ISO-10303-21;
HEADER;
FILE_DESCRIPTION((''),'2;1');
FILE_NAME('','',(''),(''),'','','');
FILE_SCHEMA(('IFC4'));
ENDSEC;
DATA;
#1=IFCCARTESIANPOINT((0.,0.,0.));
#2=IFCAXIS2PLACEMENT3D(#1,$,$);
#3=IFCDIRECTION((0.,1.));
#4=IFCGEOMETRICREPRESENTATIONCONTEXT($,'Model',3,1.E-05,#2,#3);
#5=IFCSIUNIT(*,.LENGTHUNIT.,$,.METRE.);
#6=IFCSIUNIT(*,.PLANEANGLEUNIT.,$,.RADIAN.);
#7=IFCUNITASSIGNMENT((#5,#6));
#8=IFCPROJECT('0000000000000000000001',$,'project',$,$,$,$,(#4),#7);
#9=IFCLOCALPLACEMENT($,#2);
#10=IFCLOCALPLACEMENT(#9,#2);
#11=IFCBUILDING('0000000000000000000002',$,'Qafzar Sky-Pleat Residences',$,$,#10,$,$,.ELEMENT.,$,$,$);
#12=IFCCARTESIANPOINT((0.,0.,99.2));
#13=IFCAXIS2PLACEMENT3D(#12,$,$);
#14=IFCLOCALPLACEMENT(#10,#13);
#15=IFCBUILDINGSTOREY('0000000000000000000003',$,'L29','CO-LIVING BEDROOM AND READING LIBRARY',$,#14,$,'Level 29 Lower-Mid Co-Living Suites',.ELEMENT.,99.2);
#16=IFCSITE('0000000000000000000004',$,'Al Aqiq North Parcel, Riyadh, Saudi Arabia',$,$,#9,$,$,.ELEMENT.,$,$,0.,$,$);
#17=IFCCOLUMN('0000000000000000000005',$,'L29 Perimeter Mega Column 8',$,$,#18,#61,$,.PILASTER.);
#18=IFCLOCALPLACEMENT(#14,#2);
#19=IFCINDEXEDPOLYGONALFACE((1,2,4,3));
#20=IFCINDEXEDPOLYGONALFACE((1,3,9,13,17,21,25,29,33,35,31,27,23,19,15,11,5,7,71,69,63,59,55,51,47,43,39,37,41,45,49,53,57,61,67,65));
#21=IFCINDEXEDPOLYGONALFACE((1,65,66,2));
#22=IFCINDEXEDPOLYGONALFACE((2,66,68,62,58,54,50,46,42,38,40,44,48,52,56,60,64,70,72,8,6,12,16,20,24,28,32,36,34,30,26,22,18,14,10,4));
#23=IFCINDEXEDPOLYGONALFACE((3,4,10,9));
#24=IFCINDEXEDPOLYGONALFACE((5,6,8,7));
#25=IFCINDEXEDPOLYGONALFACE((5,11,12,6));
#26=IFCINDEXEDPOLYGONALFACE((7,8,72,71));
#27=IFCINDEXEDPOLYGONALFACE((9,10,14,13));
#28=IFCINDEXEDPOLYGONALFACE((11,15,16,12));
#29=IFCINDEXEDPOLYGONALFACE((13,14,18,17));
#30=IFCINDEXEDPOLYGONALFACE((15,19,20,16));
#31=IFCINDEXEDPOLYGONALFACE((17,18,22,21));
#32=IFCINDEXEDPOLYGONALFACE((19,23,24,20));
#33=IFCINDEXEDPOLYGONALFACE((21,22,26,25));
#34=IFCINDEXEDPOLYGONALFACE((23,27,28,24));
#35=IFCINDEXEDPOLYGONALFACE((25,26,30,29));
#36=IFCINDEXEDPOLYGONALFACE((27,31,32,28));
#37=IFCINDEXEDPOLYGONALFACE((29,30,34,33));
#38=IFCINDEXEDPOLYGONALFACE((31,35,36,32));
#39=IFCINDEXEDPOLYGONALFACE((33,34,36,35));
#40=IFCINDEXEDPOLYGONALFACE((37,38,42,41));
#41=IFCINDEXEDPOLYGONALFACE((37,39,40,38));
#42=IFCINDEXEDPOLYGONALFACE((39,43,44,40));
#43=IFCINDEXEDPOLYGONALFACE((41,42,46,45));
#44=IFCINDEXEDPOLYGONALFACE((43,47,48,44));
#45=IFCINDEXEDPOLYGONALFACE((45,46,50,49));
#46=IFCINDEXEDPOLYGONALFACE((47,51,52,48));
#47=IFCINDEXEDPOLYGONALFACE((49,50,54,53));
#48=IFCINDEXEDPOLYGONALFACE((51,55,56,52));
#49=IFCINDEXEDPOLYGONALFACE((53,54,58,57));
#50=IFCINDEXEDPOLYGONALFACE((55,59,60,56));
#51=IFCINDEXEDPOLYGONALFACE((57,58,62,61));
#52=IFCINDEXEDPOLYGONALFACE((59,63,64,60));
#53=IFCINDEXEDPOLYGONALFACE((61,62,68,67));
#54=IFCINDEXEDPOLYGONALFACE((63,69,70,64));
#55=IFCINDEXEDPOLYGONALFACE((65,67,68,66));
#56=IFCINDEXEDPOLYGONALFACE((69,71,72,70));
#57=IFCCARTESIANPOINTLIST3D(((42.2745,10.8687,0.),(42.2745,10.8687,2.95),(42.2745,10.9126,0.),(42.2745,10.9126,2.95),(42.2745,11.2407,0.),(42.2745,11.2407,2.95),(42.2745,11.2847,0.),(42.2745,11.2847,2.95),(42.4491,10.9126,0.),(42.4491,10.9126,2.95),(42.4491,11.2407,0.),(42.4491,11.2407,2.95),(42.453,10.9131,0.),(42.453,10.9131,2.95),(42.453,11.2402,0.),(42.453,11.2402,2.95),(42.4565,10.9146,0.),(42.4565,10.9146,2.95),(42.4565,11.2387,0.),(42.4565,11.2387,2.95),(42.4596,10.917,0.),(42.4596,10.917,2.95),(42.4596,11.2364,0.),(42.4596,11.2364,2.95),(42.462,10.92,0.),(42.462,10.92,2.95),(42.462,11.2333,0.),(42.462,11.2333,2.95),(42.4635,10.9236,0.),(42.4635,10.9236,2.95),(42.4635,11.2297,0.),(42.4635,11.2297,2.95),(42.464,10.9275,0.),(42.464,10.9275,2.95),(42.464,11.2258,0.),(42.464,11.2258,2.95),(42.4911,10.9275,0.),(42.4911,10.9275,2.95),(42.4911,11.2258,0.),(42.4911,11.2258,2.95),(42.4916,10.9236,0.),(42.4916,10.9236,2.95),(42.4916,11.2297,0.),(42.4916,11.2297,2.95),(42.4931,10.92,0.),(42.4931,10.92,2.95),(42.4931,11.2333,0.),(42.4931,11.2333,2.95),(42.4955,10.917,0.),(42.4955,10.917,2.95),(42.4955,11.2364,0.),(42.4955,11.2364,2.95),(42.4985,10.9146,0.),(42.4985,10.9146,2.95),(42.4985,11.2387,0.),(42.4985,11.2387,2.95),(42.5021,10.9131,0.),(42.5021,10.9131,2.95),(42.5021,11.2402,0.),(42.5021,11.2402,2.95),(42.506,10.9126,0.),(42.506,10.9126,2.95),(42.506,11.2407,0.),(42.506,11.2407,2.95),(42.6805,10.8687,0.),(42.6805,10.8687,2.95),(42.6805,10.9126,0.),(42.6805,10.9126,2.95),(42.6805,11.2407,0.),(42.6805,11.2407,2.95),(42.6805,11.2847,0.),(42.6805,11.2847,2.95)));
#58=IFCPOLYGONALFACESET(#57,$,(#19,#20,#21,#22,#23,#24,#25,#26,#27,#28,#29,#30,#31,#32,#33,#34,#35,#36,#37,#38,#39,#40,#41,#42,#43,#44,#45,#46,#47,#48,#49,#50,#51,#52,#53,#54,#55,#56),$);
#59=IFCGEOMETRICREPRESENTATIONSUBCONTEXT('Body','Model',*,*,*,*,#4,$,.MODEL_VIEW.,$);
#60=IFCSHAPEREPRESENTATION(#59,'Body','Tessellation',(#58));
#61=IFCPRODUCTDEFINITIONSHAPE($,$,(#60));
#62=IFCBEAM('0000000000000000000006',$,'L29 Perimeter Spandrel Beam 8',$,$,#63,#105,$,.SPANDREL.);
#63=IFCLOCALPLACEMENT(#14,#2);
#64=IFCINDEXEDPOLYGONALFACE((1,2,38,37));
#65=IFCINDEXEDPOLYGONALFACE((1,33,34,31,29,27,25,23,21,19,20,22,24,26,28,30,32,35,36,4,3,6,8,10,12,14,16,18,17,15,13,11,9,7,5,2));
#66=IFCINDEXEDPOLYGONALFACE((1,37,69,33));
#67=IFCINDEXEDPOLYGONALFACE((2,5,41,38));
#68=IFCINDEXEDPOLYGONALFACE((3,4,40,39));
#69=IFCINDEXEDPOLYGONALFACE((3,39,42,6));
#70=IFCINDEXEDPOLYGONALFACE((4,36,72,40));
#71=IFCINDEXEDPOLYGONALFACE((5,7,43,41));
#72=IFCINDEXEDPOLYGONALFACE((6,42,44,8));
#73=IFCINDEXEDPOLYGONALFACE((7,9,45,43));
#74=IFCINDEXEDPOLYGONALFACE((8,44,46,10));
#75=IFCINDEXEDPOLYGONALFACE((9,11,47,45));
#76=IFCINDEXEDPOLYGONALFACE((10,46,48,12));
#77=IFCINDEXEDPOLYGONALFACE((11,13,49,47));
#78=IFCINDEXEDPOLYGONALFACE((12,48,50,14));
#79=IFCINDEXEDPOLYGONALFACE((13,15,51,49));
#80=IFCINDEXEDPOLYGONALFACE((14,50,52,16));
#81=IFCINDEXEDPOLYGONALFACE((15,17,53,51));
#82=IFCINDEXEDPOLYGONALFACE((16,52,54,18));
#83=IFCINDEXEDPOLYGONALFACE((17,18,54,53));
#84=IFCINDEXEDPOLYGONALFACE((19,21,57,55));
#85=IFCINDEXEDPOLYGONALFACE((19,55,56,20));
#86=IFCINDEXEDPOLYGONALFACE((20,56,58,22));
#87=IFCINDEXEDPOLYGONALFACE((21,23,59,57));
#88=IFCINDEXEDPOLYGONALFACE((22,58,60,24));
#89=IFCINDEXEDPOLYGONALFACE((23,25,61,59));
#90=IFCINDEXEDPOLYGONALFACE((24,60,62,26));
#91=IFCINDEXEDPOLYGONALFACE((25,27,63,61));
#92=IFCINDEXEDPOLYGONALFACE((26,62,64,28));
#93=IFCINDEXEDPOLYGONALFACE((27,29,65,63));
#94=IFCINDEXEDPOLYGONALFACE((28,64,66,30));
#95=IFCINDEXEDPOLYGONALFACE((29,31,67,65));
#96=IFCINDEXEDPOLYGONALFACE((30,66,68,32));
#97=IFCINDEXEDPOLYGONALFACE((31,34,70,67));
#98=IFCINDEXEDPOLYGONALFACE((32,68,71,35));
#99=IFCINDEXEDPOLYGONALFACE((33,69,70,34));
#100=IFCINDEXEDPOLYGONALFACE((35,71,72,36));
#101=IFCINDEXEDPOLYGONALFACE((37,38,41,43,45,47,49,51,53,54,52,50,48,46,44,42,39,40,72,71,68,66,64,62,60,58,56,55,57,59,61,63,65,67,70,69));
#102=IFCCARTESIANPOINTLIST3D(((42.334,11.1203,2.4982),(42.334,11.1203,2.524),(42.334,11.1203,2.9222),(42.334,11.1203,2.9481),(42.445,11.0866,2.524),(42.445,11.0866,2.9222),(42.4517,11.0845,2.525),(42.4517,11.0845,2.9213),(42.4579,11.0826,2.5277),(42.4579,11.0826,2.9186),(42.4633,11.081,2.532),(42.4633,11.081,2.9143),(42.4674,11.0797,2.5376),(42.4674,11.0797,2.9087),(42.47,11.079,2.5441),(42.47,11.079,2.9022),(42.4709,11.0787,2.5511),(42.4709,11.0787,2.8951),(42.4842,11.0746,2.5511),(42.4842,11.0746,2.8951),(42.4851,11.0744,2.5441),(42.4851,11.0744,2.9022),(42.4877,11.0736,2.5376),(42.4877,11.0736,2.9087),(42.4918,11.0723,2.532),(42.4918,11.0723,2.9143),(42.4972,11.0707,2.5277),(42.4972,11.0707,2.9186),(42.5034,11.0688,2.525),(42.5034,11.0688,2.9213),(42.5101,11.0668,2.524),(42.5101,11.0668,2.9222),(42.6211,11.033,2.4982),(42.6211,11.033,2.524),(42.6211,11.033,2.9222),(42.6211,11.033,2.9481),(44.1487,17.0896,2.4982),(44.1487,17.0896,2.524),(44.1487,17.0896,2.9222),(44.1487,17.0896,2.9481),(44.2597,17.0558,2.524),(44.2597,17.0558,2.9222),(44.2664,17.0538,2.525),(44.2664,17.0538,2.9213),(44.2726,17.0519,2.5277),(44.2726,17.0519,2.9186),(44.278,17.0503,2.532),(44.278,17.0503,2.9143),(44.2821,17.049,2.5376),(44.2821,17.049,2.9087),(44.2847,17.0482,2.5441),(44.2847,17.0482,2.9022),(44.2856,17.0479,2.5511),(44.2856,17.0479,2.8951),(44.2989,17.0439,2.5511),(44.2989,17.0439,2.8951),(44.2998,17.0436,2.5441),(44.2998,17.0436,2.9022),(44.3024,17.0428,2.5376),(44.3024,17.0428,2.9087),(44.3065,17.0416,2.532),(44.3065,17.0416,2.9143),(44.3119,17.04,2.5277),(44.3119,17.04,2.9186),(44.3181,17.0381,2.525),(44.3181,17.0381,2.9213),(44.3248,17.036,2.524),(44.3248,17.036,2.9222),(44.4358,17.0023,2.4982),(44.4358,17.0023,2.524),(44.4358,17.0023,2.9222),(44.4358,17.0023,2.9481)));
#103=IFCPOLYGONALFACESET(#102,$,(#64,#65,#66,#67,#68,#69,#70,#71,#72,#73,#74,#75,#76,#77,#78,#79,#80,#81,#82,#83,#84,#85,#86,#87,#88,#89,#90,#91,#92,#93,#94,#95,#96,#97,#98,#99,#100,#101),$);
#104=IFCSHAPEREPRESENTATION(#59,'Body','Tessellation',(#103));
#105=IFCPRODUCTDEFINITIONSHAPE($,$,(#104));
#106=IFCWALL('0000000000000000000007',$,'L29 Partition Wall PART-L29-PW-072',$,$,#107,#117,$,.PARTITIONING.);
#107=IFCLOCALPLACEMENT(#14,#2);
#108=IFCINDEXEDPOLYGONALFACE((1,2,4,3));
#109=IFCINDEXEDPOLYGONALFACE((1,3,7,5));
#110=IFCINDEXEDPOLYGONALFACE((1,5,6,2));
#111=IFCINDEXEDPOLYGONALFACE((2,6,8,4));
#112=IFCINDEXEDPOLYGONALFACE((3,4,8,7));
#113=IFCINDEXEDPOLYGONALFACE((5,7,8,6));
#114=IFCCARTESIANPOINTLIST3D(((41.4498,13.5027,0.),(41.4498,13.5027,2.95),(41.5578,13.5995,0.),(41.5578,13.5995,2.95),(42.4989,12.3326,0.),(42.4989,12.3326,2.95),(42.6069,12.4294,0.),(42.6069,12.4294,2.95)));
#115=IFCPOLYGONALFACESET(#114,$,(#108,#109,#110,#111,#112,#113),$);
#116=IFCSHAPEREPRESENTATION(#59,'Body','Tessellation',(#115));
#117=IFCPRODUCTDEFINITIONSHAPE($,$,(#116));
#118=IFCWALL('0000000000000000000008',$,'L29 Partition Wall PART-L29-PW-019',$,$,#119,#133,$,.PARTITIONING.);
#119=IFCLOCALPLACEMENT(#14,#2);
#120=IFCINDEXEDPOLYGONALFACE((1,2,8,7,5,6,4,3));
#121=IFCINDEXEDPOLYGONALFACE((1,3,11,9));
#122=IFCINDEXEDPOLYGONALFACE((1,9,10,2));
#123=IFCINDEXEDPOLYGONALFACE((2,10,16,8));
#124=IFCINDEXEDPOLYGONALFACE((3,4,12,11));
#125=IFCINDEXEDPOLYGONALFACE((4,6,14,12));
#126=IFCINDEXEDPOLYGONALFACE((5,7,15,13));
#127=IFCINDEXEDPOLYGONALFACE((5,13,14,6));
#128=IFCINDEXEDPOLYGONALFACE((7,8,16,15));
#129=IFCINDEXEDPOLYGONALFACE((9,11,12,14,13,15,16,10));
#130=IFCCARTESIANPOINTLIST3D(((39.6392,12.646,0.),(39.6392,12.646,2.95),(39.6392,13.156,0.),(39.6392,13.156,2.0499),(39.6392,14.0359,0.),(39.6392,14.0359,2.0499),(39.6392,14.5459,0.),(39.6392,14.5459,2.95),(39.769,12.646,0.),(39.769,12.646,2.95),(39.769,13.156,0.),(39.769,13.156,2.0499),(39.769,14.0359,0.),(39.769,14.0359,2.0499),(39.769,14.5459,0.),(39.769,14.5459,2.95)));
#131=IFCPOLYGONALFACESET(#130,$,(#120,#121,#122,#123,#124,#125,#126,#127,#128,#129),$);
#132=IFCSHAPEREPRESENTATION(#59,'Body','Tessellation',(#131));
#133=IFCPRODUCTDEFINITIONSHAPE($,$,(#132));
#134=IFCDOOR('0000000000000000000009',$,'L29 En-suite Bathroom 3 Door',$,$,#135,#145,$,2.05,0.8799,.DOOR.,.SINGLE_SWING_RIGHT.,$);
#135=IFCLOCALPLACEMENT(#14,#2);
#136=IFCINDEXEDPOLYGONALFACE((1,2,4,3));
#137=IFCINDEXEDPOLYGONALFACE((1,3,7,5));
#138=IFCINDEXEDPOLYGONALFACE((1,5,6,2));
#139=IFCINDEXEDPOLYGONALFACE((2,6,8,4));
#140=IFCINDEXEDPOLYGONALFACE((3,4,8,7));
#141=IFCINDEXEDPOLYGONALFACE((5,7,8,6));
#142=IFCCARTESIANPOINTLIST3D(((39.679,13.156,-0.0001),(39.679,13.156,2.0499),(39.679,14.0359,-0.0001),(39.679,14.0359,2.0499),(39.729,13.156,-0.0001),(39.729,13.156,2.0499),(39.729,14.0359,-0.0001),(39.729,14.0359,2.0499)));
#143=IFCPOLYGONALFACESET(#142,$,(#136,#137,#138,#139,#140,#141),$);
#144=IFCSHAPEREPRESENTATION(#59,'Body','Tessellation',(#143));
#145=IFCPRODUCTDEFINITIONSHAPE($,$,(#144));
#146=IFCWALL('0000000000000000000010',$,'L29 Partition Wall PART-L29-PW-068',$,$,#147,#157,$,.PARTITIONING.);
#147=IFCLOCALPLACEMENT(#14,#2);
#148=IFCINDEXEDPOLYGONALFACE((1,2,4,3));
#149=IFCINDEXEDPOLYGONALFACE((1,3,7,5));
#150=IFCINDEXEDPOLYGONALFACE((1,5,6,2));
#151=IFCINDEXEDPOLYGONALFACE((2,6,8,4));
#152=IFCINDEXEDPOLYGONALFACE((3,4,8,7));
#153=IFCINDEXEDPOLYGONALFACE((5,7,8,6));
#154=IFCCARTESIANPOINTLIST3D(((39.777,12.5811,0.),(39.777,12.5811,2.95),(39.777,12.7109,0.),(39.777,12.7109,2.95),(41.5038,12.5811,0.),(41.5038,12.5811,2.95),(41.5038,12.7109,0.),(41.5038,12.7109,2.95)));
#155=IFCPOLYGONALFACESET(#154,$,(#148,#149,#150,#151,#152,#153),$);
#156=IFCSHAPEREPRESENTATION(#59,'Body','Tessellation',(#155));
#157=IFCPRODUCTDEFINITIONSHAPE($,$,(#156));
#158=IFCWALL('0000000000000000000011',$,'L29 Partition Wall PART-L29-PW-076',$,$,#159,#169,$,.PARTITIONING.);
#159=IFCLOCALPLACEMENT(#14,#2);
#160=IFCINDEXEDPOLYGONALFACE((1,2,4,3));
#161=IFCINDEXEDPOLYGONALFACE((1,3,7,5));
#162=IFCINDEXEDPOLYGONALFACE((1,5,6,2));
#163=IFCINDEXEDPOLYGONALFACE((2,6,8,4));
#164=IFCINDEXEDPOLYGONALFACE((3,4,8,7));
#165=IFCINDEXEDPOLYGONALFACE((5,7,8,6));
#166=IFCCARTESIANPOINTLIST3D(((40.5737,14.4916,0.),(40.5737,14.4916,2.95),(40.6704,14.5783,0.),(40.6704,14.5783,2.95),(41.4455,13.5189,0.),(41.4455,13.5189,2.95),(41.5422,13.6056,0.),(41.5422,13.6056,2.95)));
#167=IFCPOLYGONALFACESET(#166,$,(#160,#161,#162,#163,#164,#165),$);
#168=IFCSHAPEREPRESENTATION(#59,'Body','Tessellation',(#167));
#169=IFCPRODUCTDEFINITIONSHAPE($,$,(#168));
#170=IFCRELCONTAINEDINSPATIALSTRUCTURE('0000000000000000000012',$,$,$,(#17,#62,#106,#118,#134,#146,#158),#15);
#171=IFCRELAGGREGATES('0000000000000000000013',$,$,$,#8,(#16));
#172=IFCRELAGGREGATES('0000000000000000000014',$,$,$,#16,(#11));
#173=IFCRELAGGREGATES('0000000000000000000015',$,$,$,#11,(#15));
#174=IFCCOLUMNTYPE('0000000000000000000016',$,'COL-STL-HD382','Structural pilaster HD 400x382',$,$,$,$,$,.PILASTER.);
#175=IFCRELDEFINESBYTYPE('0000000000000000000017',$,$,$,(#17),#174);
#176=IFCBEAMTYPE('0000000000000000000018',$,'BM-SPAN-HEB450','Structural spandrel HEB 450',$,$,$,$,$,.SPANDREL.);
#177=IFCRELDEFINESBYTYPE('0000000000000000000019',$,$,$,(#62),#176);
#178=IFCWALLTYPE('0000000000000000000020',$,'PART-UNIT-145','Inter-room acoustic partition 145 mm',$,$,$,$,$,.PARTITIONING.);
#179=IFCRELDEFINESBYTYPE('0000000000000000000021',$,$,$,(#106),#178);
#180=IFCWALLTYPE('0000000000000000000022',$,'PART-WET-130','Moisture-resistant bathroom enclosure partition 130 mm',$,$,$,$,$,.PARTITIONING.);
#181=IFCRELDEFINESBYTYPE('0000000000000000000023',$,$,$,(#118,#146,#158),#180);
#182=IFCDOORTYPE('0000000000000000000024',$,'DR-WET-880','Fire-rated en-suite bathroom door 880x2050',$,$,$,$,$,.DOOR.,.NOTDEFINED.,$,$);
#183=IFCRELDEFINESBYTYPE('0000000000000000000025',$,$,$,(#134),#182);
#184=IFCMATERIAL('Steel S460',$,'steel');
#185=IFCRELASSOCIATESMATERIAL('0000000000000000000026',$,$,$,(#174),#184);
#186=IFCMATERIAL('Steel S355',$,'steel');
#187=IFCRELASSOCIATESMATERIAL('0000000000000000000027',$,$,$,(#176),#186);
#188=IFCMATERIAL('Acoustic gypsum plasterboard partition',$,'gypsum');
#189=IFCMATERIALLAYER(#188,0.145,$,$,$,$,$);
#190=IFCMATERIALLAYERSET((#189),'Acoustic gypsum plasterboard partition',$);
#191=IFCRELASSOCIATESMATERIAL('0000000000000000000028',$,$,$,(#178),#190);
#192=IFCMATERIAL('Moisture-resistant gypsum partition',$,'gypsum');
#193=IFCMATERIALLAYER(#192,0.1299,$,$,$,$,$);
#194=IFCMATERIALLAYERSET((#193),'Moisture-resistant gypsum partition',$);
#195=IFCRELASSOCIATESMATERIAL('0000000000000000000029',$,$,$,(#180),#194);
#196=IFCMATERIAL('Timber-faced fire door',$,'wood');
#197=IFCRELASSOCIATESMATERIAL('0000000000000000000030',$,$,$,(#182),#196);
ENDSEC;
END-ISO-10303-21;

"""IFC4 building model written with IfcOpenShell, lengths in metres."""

from ifc_helpers import new_model, si_unit, direction, frame, frame_2d, origin, origin_2d, place, context, subcontext, project, spatial, rectangle, i_section, extrude, source, transform, mapped, material, layer, layer_set, material_profile, profile_set, type_object, element, fill, save


model = new_model("IFC4")

# Units and contexts
model_context = context("Model", 3, precision=1e-05, world=origin(), true_north=direction((0.0, 1.0)))
body_context = subcontext(model_context, "Body", "Model", "MODEL_VIEW")
ifc_project = project(units=[si_unit("LENGTHUNIT", "METRE"), si_unit("PLANEANGLEUNIT", "RADIAN")], contexts=[model_context])

# Site, building, storey
site_placement = place(None, origin())
site = spatial("IfcSite", under=ifc_project, at=site_placement, Name="Al Aqiq North Parcel, Riyadh, Saudi Arabia", CompositionType="ELEMENT", RefElevation=0.0)
building_placement = place(site_placement, origin())
building = spatial("IfcBuilding", under=site, at=building_placement, Name="Qafzar Sky-Pleat Residences", CompositionType="ELEMENT")
storey_placement = place(building_placement, frame((0.0, 0.0, 99.2)))
storey = spatial("IfcBuildingStorey", under=building, at=storey_placement, Name="L29", Description="CO-LIVING BEDROOM AND READING LIBRARY", LongName="Level 29 Lower-Mid Co-Living Suites", CompositionType="ELEMENT", Elevation=99.2)

# Column
ifc_material_1 = material(Name="Steel S460", Category="steel")
ifc_material_profile_1 = material_profile(ifc_material_1, i_section(OverallWidth=0.406, OverallDepth=0.416, WebThickness=0.0271, FlangeThickness=0.0439, FilletRadius=0.0149, at=origin_2d()), Name="HD 400x382")
ifc_profile_set_1 = profile_set([ifc_material_profile_1], Name="Steel S460")
column_type = type_object("IfcColumnType", Name="COL-STL-HD382", Description="Structural pilaster HD 400x382", PredefinedType="PILASTER", material=ifc_profile_set_1)
shared_shape_1 = source(origin(), body_context, "Body", "SweptSolid", [
    extrude(i_section(OverallWidth=0.406, OverallDepth=0.416, WebThickness=0.0271, FlangeThickness=0.0439, FilletRadius=0.0149, at=origin_2d()), origin(), (0.0, 0.0, 1.0), 2.95),
])
column_placement = place(storey_placement, frame((42.4775, 11.0767, 0.0), z_axis=(0.0, 0.0, 1.0), x_axis=(1.0, 0.0, 0.0)))
element("IfcColumn", 1, at=column_placement, inside=storey, type_object=column_type, Name="L29 Perimeter Mega Column 8", PredefinedType="PILASTER", context=body_context, shape_type="MappedRepresentation", body=[
    mapped(shared_shape_1, transform((0.0, 0.0, 0.0), x_axis=(1.0, 0.0, 0.0), y_axis=(0.0, 1.0, 0.0), z_axis=(0.0, 0.0, 1.0), scale=1.0)),
])

# Beam
ifc_material_2 = material(Name="Steel S355", Category="steel")
ifc_material_profile_2 = material_profile(ifc_material_2, i_section(OverallWidth=0.3, OverallDepth=0.45, WebThickness=0.0139, FlangeThickness=0.0259, FilletRadius=0.0271, at=origin_2d()), Name="HEB 450")
ifc_profile_set_2 = profile_set([ifc_material_profile_2], Name="Steel S355")
beam_type = type_object("IfcBeamType", Name="BM-SPAN-HEB450", Description="Structural spandrel HEB 450", PredefinedType="SPANDREL", material=ifc_profile_set_2)
shared_shape_2 = source(origin(), body_context, "Body", "SweptSolid", [
    extrude(i_section(OverallWidth=0.3, OverallDepth=0.45, WebThickness=0.0139, FlangeThickness=0.0259, FilletRadius=0.0271, at=origin_2d()), origin(), (0.0, 0.0, 1.0), 6.239),
])
beam_placement = place(storey_placement, frame((42.4775, 11.0767, 2.7231), z_axis=(0.290864, 0.956764, 0.0), x_axis=(-0.956764, 0.290864, 0.0)))
element("IfcBeam", 2, at=beam_placement, inside=storey, type_object=beam_type, Name="L29 Perimeter Spandrel Beam 8", PredefinedType="SPANDREL", context=body_context, shape_type="MappedRepresentation", body=[
    mapped(shared_shape_2, transform((0.0, 0.0, 0.0), x_axis=(1.0, 0.0, 0.0), y_axis=(0.0, 1.0, 0.0), z_axis=(0.0, 0.0, 1.0), scale=1.0)),
])

# Wall
ifc_material_3 = material(Name="Acoustic gypsum plasterboard partition", Category="gypsum")
ifc_layer_1 = layer(ifc_material_3, 0.145)
ifc_layer_set_1 = layer_set([ifc_layer_1], Name="Acoustic gypsum plasterboard partition")
wall_type_1 = type_object("IfcWallType", Name="PART-UNIT-145", Description="Inter-room acoustic partition 145 mm", PredefinedType="PARTITIONING", material=ifc_layer_set_1)
wall_1_placement = place(storey_placement, frame((41.5039, 13.551, 0.0), z_axis=(0.0, 0.0, 1.0), x_axis=(0.66753, -0.744583, 0.0)))
element("IfcWall", 3, at=wall_1_placement, inside=storey, type_object=wall_type_1, Name="L29 Partition Wall PART-L29-PW-072", PredefinedType="PARTITIONING", context=body_context, shape_type="SweptSolid", body=[
    extrude(rectangle(XDim=1.5715, YDim=0.145, at=frame_2d((0.7856, 0.0))), origin(), (0.0, 0.0, 1.0), 2.95),
])

# Wall, opening, door
ifc_material_4 = material(Name="Moisture-resistant gypsum partition", Category="gypsum")
ifc_layer_2 = layer(ifc_material_4, 0.1299)
ifc_layer_set_2 = layer_set([ifc_layer_2], Name="Moisture-resistant gypsum partition")
wall_type_2 = type_object("IfcWallType", Name="PART-WET-130", Description="Moisture-resistant bathroom enclosure partition 130 mm", PredefinedType="PARTITIONING", material=ifc_layer_set_2)
wall_2_placement = place(storey_placement, frame((39.7041, 14.5459, 0.0), z_axis=(0.0, 0.0, 1.0), x_axis=(0.0, -1.0, 0.0)))
wall_2 = element("IfcWall", 4, at=wall_2_placement, inside=storey, type_object=wall_type_2, Name="L29 Partition Wall PART-L29-PW-019", PredefinedType="PARTITIONING", context=body_context, shape_type="SweptSolid", body=[
    extrude(rectangle(XDim=1.8999, YDim=0.1299, at=frame_2d((0.95, 0.0))), origin(), (0.0, 0.0, 1.0), 2.95),
])
opening_1_placement = place(wall_2_placement, frame((0.51, 0.0, 0.0)))
opening_1 = element("IfcOpeningElement", 5, at=opening_1_placement, cuts=wall_2, PredefinedType="OPENING", context=body_context, shape_type="SweptSolid", body=[
    extrude(rectangle(XDim=0.8799, YDim=2.05, at=frame_2d((0.4399, 1.0249))), frame((0.0, 0.075, 0.0), z_axis=(0.0, -1.0, 0.0), x_axis=(1.0, 0.0, 0.0)), (0.0, 0.0, 1.0), 0.1499),
])
ifc_material_5 = material(Name="Timber-faced fire door", Category="wood")
door_type_1 = type_object("IfcDoorType", Name="DR-WET-880", Description="Fire-rated en-suite bathroom door 880x2050", OperationType="NOTDEFINED", PredefinedType="DOOR", material=ifc_material_5)
shared_shape_3 = source(origin(), body_context, "Body", "SweptSolid", [
    extrude(rectangle(XDim=0.8799, YDim=2.05, at=frame_2d((0.4399, 1.0249))), frame((0.0, 0.0249, 0.0), z_axis=(0.0, -1.0, 0.0), x_axis=(1.0, 0.0, 0.0)), (0.0, 0.0, 1.0), 0.05),
])
door_1_placement = place(opening_1_placement, origin())
door_1 = element("IfcDoor", 6, at=door_1_placement, inside=storey, type_object=door_type_1, Name="L29 En-suite Bathroom 3 Door", OperationType="SINGLE_SWING_RIGHT", OverallHeight=2.05, OverallWidth=0.8799, PredefinedType="DOOR", context=body_context, shape_type="MappedRepresentation", body=[
    mapped(shared_shape_3, transform((0.0, 0.0, 0.0), x_axis=(1.0, 0.0, 0.0), y_axis=(0.0, 1.0, 0.0), z_axis=(0.0, 0.0, 1.0), scale=1.0)),
])
fill(opening_1, door_1)

# Walls
wall_3_placement = place(storey_placement, frame((39.7771, 12.646, 0.0), z_axis=(0.0, 0.0, 1.0), x_axis=(1.0, 0.0, 0.0)))
element("IfcWall", 7, at=wall_3_placement, inside=storey, type_object=wall_type_2, Name="L29 Partition Wall PART-L29-PW-068", PredefinedType="PARTITIONING", context=body_context, shape_type="SweptSolid", body=[
    extrude(rectangle(XDim=1.7268, YDim=0.1299, at=frame_2d((0.8633, 0.0))), origin(), (0.0, 0.0, 1.0), 2.95),
])
wall_4_placement = place(storey_placement, frame((40.6221, 14.5349, 0.0), z_axis=(0.0, 0.0, 1.0), x_axis=(0.667456, -0.74465, 0.0)))
element("IfcWall", 8, at=wall_4_placement, inside=storey, type_object=wall_type_2, Name="L29 Partition Wall PART-L29-PW-076", PredefinedType="PARTITIONING", context=body_context, shape_type="SweptSolid", body=[
    extrude(rectangle(XDim=1.3062, YDim=0.1299, at=frame_2d((0.6531, 0.0))), origin(), (0.0, 0.0, 1.0), 2.95),
])

save(model, "model.ifc")
